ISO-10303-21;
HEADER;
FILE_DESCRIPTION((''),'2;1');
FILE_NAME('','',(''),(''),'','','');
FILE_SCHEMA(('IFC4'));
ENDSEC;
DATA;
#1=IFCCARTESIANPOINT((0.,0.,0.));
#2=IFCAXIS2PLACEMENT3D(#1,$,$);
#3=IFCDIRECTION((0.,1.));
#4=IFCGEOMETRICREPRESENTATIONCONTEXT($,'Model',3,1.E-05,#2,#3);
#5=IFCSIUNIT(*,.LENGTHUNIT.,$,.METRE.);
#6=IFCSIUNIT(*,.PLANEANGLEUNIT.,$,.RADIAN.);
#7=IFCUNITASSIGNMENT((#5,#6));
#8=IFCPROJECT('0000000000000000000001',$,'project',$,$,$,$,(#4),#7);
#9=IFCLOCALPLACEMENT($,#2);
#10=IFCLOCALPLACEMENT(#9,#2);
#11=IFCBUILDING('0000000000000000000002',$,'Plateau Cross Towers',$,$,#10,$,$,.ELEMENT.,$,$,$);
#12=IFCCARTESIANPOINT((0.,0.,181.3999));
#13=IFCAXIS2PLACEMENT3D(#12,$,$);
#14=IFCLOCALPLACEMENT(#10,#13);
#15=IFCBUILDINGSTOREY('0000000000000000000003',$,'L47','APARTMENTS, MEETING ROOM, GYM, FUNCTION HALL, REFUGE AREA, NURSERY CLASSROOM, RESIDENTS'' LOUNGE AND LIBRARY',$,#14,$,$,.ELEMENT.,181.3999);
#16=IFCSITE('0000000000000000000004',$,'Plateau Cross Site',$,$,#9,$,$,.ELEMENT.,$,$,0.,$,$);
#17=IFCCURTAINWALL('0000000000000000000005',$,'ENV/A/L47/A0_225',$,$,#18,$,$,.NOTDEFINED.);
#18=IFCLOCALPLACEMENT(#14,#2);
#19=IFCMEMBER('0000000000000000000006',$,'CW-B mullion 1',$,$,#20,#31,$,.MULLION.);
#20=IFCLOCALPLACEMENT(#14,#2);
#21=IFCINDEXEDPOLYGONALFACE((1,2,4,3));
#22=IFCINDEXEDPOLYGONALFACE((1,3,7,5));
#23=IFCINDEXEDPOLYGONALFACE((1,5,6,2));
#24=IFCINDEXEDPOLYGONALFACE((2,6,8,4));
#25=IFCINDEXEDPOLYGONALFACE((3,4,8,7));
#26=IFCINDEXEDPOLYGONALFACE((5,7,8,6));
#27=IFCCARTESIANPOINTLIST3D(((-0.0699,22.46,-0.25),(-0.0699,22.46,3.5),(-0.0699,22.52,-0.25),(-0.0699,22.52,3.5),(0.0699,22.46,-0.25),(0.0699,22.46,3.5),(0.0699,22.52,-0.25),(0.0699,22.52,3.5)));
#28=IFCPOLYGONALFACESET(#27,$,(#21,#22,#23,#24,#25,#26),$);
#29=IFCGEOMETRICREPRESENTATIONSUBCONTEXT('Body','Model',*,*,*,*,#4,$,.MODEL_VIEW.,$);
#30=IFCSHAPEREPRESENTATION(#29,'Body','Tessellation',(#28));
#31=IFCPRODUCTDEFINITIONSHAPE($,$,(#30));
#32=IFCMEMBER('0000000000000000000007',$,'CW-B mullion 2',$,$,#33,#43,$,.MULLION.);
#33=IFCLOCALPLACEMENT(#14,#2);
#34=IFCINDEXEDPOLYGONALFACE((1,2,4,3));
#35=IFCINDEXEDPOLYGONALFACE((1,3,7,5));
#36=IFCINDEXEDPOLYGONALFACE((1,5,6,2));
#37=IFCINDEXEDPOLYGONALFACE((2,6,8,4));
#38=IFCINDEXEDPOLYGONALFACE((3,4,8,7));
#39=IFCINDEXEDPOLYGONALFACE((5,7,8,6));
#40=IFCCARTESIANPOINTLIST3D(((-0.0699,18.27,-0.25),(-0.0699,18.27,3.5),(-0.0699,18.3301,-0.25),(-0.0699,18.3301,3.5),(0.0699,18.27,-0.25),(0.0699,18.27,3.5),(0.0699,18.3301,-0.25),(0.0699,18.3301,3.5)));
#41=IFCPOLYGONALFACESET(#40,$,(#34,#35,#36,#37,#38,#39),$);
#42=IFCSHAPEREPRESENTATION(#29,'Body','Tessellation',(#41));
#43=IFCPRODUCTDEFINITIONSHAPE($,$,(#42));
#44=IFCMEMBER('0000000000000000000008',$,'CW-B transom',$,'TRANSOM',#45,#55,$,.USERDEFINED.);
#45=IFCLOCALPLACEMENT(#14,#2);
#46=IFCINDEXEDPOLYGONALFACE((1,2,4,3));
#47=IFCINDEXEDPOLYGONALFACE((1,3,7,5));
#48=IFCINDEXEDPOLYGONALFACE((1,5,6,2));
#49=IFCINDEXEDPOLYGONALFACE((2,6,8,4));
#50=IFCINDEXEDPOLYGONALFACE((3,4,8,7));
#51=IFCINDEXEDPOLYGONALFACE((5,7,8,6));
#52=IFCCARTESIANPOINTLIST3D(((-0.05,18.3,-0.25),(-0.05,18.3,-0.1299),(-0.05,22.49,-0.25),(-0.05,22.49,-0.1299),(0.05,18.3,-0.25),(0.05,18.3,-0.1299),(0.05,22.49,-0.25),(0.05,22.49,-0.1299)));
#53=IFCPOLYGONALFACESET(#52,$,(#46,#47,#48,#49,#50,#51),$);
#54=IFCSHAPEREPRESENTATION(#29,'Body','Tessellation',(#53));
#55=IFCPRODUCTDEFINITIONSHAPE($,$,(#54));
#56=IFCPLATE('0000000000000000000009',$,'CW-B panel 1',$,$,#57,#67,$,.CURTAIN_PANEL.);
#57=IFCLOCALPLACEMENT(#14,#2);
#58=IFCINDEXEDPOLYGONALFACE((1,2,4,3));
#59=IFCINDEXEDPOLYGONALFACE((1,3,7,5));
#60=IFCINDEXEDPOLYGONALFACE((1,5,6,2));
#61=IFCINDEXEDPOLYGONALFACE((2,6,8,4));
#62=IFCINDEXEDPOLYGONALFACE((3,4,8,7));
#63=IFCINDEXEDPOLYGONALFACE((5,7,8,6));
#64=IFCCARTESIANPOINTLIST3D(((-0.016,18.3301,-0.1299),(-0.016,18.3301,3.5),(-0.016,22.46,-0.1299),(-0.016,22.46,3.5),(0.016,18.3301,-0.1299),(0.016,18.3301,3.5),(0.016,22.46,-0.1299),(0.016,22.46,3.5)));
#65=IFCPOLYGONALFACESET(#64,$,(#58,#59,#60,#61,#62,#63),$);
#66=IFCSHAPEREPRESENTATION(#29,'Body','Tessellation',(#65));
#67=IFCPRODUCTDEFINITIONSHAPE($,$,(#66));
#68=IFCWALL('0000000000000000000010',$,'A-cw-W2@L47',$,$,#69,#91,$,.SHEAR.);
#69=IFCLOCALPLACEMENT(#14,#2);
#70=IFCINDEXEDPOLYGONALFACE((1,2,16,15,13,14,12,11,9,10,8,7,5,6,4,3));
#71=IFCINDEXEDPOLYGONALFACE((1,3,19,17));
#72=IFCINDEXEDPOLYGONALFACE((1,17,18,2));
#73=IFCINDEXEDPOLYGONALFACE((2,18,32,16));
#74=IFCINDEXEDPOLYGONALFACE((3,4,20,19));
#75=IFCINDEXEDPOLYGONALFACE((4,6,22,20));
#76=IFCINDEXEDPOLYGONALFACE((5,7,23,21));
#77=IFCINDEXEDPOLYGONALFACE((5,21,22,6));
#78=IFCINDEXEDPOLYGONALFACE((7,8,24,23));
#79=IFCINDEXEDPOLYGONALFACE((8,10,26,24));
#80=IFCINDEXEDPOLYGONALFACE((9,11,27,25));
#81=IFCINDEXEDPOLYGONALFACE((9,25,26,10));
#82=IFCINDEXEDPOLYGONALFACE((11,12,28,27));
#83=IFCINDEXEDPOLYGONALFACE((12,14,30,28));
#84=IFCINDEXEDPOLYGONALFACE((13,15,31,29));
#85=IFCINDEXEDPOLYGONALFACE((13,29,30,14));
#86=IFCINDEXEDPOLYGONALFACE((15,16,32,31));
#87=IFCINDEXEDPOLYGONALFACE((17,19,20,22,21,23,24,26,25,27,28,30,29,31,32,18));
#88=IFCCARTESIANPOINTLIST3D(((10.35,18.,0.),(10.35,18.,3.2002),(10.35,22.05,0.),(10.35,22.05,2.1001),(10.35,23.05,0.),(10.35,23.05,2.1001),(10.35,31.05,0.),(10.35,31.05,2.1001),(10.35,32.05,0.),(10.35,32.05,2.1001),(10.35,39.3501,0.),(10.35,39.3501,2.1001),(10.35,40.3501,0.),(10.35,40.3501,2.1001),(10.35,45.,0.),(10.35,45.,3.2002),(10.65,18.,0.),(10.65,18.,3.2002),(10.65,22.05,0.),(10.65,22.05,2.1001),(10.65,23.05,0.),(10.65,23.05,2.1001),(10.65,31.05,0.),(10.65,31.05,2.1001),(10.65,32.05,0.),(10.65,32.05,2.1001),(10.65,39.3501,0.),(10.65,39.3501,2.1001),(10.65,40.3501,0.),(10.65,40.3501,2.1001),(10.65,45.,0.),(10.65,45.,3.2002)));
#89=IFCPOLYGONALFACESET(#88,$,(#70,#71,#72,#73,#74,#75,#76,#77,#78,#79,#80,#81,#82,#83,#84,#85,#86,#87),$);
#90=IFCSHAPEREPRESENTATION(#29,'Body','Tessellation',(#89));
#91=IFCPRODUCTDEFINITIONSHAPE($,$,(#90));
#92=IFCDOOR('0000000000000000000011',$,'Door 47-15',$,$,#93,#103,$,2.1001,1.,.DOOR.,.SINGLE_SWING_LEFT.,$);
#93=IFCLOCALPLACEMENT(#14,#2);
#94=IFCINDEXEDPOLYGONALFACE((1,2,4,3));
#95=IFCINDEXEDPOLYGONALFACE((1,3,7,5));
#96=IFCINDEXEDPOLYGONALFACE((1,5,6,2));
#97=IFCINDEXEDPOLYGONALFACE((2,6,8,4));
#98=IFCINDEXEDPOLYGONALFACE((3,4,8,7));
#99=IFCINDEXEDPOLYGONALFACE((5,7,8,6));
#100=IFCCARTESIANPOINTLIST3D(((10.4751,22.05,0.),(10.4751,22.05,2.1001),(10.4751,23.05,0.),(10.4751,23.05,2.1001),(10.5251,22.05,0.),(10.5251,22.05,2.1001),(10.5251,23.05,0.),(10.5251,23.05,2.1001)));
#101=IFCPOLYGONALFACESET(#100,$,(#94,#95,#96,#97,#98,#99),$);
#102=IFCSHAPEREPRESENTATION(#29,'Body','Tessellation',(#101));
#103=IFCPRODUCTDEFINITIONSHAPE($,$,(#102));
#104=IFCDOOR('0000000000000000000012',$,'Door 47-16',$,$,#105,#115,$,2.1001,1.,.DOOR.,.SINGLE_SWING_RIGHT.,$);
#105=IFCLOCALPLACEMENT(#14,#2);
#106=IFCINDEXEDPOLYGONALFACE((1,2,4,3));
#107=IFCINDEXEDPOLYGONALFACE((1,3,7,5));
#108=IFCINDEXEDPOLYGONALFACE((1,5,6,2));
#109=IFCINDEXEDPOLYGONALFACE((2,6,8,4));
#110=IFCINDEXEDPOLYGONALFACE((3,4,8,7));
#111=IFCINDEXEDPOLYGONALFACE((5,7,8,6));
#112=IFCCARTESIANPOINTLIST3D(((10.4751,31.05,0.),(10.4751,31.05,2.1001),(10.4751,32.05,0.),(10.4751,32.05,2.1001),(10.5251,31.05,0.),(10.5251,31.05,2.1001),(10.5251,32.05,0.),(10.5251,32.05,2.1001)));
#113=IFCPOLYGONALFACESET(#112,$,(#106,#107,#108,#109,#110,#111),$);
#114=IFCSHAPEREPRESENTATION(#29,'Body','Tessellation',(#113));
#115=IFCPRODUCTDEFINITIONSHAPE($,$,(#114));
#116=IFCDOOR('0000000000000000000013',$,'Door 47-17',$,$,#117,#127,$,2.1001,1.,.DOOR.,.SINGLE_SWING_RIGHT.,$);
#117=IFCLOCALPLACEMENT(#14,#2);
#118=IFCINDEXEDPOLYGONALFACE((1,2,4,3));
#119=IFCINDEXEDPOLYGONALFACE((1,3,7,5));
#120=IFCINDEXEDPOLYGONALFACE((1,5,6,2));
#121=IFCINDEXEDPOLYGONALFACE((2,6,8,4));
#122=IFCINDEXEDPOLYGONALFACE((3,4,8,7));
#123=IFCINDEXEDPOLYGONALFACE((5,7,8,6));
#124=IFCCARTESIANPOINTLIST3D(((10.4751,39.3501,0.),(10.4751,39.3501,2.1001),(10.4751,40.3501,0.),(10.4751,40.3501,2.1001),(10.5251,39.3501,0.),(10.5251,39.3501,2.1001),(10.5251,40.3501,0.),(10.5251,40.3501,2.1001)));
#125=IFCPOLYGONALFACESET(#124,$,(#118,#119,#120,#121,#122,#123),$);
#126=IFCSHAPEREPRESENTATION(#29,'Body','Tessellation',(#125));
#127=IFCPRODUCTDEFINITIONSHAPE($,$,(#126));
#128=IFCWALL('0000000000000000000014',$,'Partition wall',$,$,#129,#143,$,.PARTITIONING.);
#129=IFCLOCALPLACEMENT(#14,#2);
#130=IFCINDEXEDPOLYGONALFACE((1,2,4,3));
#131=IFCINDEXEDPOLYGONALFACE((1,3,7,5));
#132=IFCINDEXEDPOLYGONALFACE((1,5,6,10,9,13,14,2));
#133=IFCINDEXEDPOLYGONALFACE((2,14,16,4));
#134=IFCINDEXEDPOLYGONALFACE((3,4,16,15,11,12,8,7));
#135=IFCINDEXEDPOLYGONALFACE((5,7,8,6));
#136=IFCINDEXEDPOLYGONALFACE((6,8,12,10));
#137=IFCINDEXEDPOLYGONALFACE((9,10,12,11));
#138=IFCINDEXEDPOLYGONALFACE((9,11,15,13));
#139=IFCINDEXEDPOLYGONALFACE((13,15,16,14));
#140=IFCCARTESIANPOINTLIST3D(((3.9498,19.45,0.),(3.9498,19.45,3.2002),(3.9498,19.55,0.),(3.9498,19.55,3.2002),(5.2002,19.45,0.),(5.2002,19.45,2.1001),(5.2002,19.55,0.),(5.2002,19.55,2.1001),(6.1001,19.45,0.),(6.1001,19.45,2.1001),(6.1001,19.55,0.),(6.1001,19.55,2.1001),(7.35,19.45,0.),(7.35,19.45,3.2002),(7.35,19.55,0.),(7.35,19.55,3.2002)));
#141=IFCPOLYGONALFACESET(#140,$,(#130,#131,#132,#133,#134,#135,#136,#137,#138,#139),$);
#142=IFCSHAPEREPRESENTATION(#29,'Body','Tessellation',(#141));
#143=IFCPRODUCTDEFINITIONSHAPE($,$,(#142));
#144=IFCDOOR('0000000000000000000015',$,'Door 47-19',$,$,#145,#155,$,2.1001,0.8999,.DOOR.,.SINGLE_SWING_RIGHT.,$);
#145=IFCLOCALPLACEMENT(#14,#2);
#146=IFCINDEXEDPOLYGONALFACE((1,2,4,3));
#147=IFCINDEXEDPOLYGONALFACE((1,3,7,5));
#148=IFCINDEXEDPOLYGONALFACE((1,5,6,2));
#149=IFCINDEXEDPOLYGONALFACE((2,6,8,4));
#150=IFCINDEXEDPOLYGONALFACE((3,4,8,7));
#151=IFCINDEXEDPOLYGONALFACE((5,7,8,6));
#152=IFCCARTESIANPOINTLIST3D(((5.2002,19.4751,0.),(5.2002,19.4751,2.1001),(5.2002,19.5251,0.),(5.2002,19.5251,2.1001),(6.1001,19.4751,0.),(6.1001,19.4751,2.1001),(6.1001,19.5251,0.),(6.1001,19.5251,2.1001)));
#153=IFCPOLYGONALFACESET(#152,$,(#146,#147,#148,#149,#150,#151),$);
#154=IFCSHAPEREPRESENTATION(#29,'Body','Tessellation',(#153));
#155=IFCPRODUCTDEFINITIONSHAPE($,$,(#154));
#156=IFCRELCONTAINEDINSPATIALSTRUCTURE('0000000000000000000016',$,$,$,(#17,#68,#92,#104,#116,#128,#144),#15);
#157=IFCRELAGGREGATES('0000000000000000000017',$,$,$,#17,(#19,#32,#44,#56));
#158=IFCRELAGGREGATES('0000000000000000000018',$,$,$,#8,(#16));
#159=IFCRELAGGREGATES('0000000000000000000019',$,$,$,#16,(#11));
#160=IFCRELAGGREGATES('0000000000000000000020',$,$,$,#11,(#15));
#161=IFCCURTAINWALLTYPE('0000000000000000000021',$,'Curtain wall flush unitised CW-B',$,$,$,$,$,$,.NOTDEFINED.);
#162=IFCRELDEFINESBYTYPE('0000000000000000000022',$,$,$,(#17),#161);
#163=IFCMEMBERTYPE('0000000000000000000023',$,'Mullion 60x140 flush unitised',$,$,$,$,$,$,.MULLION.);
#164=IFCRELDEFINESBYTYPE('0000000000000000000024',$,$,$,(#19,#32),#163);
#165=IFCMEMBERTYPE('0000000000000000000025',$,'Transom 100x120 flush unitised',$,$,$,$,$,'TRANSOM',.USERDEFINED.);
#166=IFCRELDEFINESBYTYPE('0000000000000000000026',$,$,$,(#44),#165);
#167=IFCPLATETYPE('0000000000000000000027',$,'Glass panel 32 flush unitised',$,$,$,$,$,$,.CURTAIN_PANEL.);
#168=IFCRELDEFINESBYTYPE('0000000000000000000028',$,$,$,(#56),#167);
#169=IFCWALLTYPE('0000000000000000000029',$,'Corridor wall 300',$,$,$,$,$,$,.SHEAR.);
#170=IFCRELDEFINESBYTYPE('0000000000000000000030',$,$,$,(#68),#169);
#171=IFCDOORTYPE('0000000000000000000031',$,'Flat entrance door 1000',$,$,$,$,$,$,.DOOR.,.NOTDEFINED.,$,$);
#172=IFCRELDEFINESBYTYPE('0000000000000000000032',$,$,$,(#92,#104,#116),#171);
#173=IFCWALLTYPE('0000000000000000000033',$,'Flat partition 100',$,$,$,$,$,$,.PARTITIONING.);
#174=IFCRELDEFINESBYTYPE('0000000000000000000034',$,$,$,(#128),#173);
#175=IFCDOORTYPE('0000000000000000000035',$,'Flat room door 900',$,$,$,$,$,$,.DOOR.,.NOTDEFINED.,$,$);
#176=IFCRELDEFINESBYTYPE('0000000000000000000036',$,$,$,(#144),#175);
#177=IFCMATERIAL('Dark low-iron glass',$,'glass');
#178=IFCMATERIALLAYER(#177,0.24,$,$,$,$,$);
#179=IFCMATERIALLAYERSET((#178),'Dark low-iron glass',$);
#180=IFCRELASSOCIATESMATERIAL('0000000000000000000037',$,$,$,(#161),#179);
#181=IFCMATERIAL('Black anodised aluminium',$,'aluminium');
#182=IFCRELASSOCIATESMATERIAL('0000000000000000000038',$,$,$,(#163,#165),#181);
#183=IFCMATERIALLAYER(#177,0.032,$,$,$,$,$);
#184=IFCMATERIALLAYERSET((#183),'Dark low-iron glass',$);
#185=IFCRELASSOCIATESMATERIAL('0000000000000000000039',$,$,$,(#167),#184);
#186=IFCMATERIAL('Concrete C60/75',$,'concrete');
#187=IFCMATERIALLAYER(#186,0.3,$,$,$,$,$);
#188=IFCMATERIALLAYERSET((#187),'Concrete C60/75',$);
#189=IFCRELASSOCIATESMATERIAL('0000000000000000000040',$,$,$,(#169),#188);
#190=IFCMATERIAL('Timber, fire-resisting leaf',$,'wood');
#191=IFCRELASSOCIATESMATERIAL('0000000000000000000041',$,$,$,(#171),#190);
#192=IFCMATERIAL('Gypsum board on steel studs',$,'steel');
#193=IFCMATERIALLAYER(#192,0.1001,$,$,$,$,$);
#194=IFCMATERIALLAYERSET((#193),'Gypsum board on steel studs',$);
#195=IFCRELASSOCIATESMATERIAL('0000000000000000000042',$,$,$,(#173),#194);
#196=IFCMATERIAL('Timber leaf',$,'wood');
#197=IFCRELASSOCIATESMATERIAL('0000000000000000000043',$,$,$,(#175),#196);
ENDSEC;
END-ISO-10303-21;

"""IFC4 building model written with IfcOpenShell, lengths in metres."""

from ifc_helpers import new_model, si_unit, direction, frame, frame_2d, origin, origin_2d, place, context, subcontext, project, spatial, rectangle, extrude, material, layer, layer_set, material_profile, profile_set, type_object, element, fill, aggregate, save


model = new_model("IFC4")

# Units and contexts
model_context = context("Model", 3, precision=1e-05, world=origin(), true_north=direction((0.0, 1.0)))
body_context = subcontext(model_context, "Body", "Model", "MODEL_VIEW")
ifc_project = project(units=[si_unit("LENGTHUNIT", "METRE"), si_unit("PLANEANGLEUNIT", "RADIAN")], contexts=[model_context])

# Site, building, storey
site_placement = place(None, origin())
site = spatial("IfcSite", under=ifc_project, at=site_placement, Name="Plateau Cross Site", CompositionType="ELEMENT", RefElevation=0.0)
building_placement = place(site_placement, origin())
building = spatial("IfcBuilding", under=site, at=building_placement, Name="Plateau Cross Towers", CompositionType="ELEMENT")
storey_placement = place(building_placement, frame((0.0, 0.0, 181.3999)))
storey = spatial("IfcBuildingStorey", under=building, at=storey_placement, Name="L47", Description="APARTMENTS, MEETING ROOM, GYM, FUNCTION HALL, REFUGE AREA, NURSERY CLASSROOM, RESIDENTS' LOUNGE AND LIBRARY", CompositionType="ELEMENT", Elevation=181.3999)

# Curtain wall, members, plate
ifc_material_1 = material(Name="Dark low-iron glass", Category="glass")
ifc_layer_1 = layer(ifc_material_1, 0.24)
ifc_layer_set_1 = layer_set([ifc_layer_1], Name="Dark low-iron glass")
curtain_wall_type = type_object("IfcCurtainWallType", Name="Curtain wall flush unitised CW-B", PredefinedType="NOTDEFINED", material=ifc_layer_set_1)
curtain_wall_placement = place(storey_placement, origin())
curtain_wall = element("IfcCurtainWall", 1, at=curtain_wall_placement, inside=storey, type_object=curtain_wall_type, Name="ENV/A/L47/A0_225", PredefinedType="NOTDEFINED")
ifc_material_2 = material(Name="Black anodised aluminium", Category="aluminium")
ifc_material_profile_1 = material_profile(ifc_material_2, rectangle(XDim=0.0601, YDim=0.1399, at=origin_2d()), Name="MULLION 60x140")
ifc_profile_set_1 = profile_set([ifc_material_profile_1], Name="Black anodised aluminium")
member_type_1 = type_object("IfcMemberType", Name="Mullion 60x140 flush unitised", PredefinedType="MULLION", material=ifc_profile_set_1)
member_1_placement = place(storey_placement, frame((0.0, 22.49, -0.25), z_axis=(0.0, 0.0, 1.0), x_axis=(0.0, -1.0, 0.0)))
member_1 = element("IfcMember", 2, at=member_1_placement, type_object=member_type_1, Name="CW-B mullion 1", PredefinedType="MULLION", context=body_context, shape_type="SweptSolid", body=[
    extrude(rectangle(XDim=0.0601, YDim=0.1399, at=origin_2d()), origin(), (0.0, 0.0, 1.0), 3.75),
])
member_2_placement = place(storey_placement, frame((0.0, 18.3, -0.25), z_axis=(0.0, 0.0, 1.0), x_axis=(0.0, -1.0, 0.0)))
member_2 = element("IfcMember", 3, at=member_2_placement, type_object=member_type_1, Name="CW-B mullion 2", PredefinedType="MULLION", context=body_context, shape_type="SweptSolid", body=[
    extrude(rectangle(XDim=0.0601, YDim=0.1399, at=origin_2d()), origin(), (0.0, 0.0, 1.0), 3.75),
])
ifc_material_profile_2 = material_profile(ifc_material_2, rectangle(XDim=0.1001, YDim=0.1201, at=origin_2d()), Name="TRANSOM 100x120")
ifc_profile_set_2 = profile_set([ifc_material_profile_2], Name="Black anodised aluminium")
member_type_2 = type_object("IfcMemberType", Name="Transom 100x120 flush unitised", ElementType="TRANSOM", PredefinedType="USERDEFINED", material=ifc_profile_set_2)
member_3_placement = place(storey_placement, frame((0.0, 22.49, -0.1899), z_axis=(0.0, -1.0, 0.0), x_axis=(1.0, 0.0, 0.0)))
member_3 = element("IfcMember", 4, at=member_3_placement, type_object=member_type_2, Name="CW-B transom", ObjectType="TRANSOM", PredefinedType="USERDEFINED", context=body_context, shape_type="SweptSolid", body=[
    extrude(rectangle(XDim=0.1001, YDim=0.1201, at=origin_2d()), origin(), (0.0, 0.0, 1.0), 4.1899),
])
ifc_layer_2 = layer(ifc_material_1, 0.032)
ifc_layer_set_2 = layer_set([ifc_layer_2], Name="Dark low-iron glass")
plate_type = type_object("IfcPlateType", Name="Glass panel 32 flush unitised", PredefinedType="CURTAIN_PANEL", material=ifc_layer_set_2)
plate_placement = place(storey_placement, frame((0.0, 20.395, -0.1299), z_axis=(0.0, 0.0, 1.0), x_axis=(0.0, -1.0, 0.0)))
plate = element("IfcPlate", 5, at=plate_placement, type_object=plate_type, Name="CW-B panel 1", PredefinedType="CURTAIN_PANEL", context=body_context, shape_type="SweptSolid", body=[
    extrude(rectangle(XDim=4.1299, YDim=0.032, at=origin_2d()), origin(), (0.0, 0.0, 1.0), 3.6299),
])
aggregate(curtain_wall, [member_1, member_2, member_3, plate])

# Wall, openings, doors
ifc_material_3 = material(Name="Concrete C60/75", Category="concrete")
ifc_layer_3 = layer(ifc_material_3, 0.3)
ifc_layer_set_3 = layer_set([ifc_layer_3], Name="Concrete C60/75")
wall_type_1 = type_object("IfcWallType", Name="Corridor wall 300", PredefinedType="SHEAR", material=ifc_layer_set_3)
wall_1_placement = place(storey_placement, frame((10.5, 18.0, 0.0), z_axis=(0.0, 0.0, 1.0), x_axis=(0.0, 1.0, 0.0)))
wall_1 = element("IfcWall", 6, at=wall_1_placement, inside=storey, type_object=wall_type_1, Name="A-cw-W2@L47", PredefinedType="SHEAR", context=body_context, shape_type="SweptSolid", body=[
    extrude(rectangle(XDim=27.0, YDim=0.3, at=frame_2d((13.5, 0.0))), origin(), (0.0, 0.0, 1.0), 3.2002),
])
opening_1_placement = place(wall_1_placement, frame((4.05, 0.0, 0.0)))
opening_1 = element("IfcOpeningElement", 7, at=opening_1_placement, cuts=wall_1, PredefinedType="OPENING", context=body_context, shape_type="SweptSolid", body=[
    extrude(rectangle(XDim=1.0, YDim=2.1001, at=frame_2d((0.5, 1.05))), frame((0.0, 0.1599, 0.0), z_axis=(0.0, -1.0, 0.0), x_axis=(1.0, 0.0, 0.0)), (0.0, 0.0, 1.0), 0.3201),
])
opening_2_placement = place(wall_1_placement, frame((13.05, 0.0, 0.0)))
opening_2 = element("IfcOpeningElement", 8, at=opening_2_placement, cuts=wall_1, PredefinedType="OPENING", context=body_context, shape_type="SweptSolid", body=[
    extrude(rectangle(XDim=1.0, YDim=2.1001, at=frame_2d((0.5, 1.05))), frame((0.0, 0.1599, 0.0), z_axis=(0.0, -1.0, 0.0), x_axis=(1.0, 0.0, 0.0)), (0.0, 0.0, 1.0), 0.3201),
])
opening_3_placement = place(wall_1_placement, frame((21.3501, 0.0, 0.0)))
opening_3 = element("IfcOpeningElement", 9, at=opening_3_placement, cuts=wall_1, PredefinedType="OPENING", context=body_context, shape_type="SweptSolid", body=[
    extrude(rectangle(XDim=1.0, YDim=2.1001, at=frame_2d((0.5, 1.05))), frame((0.0, 0.1599, 0.0), z_axis=(0.0, -1.0, 0.0), x_axis=(1.0, 0.0, 0.0)), (0.0, 0.0, 1.0), 0.3201),
])
ifc_material_4 = material(Name="Timber, fire-resisting leaf", Category="wood")
door_type_1 = type_object("IfcDoorType", Name="Flat entrance door 1000", OperationType="NOTDEFINED", PredefinedType="DOOR", material=ifc_material_4)
door_1_placement = place(opening_1_placement, origin())
door_1 = element("IfcDoor", 10, at=door_1_placement, inside=storey, type_object=door_type_1, Name="Door 47-15", OperationType="SINGLE_SWING_LEFT", OverallHeight=2.1001, OverallWidth=1.0, PredefinedType="DOOR", context=body_context, shape_type="SweptSolid", body=[
    extrude(rectangle(XDim=1.0, YDim=2.1001, at=frame_2d((0.5, 1.05))), frame((0.0, 0.0249, 0.0), z_axis=(0.0, -1.0, 0.0), x_axis=(1.0, 0.0, 0.0)), (0.0, 0.0, 1.0), 0.05),
])
fill(opening_1, door_1)
door_2_placement = place(opening_2_placement, origin())
door_2 = element("IfcDoor", 11, at=door_2_placement, inside=storey, type_object=door_type_1, Name="Door 47-16", OperationType="SINGLE_SWING_RIGHT", OverallHeight=2.1001, OverallWidth=1.0, PredefinedType="DOOR", context=body_context, shape_type="SweptSolid", body=[
    extrude(rectangle(XDim=1.0, YDim=2.1001, at=frame_2d((0.5, 1.05))), frame((0.0, 0.0249, 0.0), z_axis=(0.0, -1.0, 0.0), x_axis=(1.0, 0.0, 0.0)), (0.0, 0.0, 1.0), 0.05),
])
fill(opening_2, door_2)
door_3_placement = place(opening_3_placement, origin())
door_3 = element("IfcDoor", 12, at=door_3_placement, inside=storey, type_object=door_type_1, Name="Door 47-17", OperationType="SINGLE_SWING_RIGHT", OverallHeight=2.1001, OverallWidth=1.0, PredefinedType="DOOR", context=body_context, shape_type="SweptSolid", body=[
    extrude(rectangle(XDim=1.0, YDim=2.1001, at=frame_2d((0.5, 1.05))), frame((0.0, 0.0249, 0.0), z_axis=(0.0, -1.0, 0.0), x_axis=(1.0, 0.0, 0.0)), (0.0, 0.0, 1.0), 0.05),
])
fill(opening_3, door_3)

# Wall, opening, door
ifc_material_5 = material(Name="Gypsum board on steel studs", Category="steel")
ifc_layer_4 = layer(ifc_material_5, 0.1001)
ifc_layer_set_4 = layer_set([ifc_layer_4], Name="Gypsum board on steel studs")
wall_type_2 = type_object("IfcWallType", Name="Flat partition 100", PredefinedType="PARTITIONING", material=ifc_layer_set_4)
wall_2_placement = place(storey_placement, frame((7.3501, 19.5, 0.0), z_axis=(0.0, 0.0, 1.0), x_axis=(-1.0, 0.0, 0.0)))
wall_2 = element("IfcWall", 13, at=wall_2_placement, inside=storey, type_object=wall_type_2, Name="Partition wall", PredefinedType="PARTITIONING", context=body_context, shape_type="SweptSolid", body=[
    extrude(rectangle(XDim=3.4001, YDim=0.1001, at=frame_2d((1.7002, 0.0))), origin(), (0.0, 0.0, 1.0), 3.2002),
])
opening_4_placement = place(wall_2_placement, frame((1.25, 0.0, 0.0)))
opening_4 = element("IfcOpeningElement", 14, at=opening_4_placement, cuts=wall_2, PredefinedType="OPENING", context=body_context, shape_type="SweptSolid", body=[
    extrude(rectangle(XDim=0.8999, YDim=2.1001, at=frame_2d((0.45, 1.05))), frame((0.0, 0.0601, 0.0), z_axis=(0.0, -1.0, 0.0), x_axis=(1.0, 0.0, 0.0)), (0.0, 0.0, 1.0), 0.1201),
])
ifc_material_6 = material(Name="Timber leaf", Category="wood")
door_type_2 = type_object("IfcDoorType", Name="Flat room door 900", OperationType="NOTDEFINED", PredefinedType="DOOR", material=ifc_material_6)
door_4_placement = place(opening_4_placement, origin())
door_4 = element("IfcDoor", 15, at=door_4_placement, inside=storey, type_object=door_type_2, Name="Door 47-19", OperationType="SINGLE_SWING_RIGHT", OverallHeight=2.1001, OverallWidth=0.8999, PredefinedType="DOOR", context=body_context, shape_type="SweptSolid", body=[
    extrude(rectangle(XDim=0.8999, YDim=2.1001, at=frame_2d((0.45, 1.05))), frame((0.0, 0.0249, 0.0), z_axis=(0.0, -1.0, 0.0), x_axis=(1.0, 0.0, 0.0)), (0.0, 0.0, 1.0), 0.05),
])
fill(opening_4, door_4)

save(model, "model.ifc")
